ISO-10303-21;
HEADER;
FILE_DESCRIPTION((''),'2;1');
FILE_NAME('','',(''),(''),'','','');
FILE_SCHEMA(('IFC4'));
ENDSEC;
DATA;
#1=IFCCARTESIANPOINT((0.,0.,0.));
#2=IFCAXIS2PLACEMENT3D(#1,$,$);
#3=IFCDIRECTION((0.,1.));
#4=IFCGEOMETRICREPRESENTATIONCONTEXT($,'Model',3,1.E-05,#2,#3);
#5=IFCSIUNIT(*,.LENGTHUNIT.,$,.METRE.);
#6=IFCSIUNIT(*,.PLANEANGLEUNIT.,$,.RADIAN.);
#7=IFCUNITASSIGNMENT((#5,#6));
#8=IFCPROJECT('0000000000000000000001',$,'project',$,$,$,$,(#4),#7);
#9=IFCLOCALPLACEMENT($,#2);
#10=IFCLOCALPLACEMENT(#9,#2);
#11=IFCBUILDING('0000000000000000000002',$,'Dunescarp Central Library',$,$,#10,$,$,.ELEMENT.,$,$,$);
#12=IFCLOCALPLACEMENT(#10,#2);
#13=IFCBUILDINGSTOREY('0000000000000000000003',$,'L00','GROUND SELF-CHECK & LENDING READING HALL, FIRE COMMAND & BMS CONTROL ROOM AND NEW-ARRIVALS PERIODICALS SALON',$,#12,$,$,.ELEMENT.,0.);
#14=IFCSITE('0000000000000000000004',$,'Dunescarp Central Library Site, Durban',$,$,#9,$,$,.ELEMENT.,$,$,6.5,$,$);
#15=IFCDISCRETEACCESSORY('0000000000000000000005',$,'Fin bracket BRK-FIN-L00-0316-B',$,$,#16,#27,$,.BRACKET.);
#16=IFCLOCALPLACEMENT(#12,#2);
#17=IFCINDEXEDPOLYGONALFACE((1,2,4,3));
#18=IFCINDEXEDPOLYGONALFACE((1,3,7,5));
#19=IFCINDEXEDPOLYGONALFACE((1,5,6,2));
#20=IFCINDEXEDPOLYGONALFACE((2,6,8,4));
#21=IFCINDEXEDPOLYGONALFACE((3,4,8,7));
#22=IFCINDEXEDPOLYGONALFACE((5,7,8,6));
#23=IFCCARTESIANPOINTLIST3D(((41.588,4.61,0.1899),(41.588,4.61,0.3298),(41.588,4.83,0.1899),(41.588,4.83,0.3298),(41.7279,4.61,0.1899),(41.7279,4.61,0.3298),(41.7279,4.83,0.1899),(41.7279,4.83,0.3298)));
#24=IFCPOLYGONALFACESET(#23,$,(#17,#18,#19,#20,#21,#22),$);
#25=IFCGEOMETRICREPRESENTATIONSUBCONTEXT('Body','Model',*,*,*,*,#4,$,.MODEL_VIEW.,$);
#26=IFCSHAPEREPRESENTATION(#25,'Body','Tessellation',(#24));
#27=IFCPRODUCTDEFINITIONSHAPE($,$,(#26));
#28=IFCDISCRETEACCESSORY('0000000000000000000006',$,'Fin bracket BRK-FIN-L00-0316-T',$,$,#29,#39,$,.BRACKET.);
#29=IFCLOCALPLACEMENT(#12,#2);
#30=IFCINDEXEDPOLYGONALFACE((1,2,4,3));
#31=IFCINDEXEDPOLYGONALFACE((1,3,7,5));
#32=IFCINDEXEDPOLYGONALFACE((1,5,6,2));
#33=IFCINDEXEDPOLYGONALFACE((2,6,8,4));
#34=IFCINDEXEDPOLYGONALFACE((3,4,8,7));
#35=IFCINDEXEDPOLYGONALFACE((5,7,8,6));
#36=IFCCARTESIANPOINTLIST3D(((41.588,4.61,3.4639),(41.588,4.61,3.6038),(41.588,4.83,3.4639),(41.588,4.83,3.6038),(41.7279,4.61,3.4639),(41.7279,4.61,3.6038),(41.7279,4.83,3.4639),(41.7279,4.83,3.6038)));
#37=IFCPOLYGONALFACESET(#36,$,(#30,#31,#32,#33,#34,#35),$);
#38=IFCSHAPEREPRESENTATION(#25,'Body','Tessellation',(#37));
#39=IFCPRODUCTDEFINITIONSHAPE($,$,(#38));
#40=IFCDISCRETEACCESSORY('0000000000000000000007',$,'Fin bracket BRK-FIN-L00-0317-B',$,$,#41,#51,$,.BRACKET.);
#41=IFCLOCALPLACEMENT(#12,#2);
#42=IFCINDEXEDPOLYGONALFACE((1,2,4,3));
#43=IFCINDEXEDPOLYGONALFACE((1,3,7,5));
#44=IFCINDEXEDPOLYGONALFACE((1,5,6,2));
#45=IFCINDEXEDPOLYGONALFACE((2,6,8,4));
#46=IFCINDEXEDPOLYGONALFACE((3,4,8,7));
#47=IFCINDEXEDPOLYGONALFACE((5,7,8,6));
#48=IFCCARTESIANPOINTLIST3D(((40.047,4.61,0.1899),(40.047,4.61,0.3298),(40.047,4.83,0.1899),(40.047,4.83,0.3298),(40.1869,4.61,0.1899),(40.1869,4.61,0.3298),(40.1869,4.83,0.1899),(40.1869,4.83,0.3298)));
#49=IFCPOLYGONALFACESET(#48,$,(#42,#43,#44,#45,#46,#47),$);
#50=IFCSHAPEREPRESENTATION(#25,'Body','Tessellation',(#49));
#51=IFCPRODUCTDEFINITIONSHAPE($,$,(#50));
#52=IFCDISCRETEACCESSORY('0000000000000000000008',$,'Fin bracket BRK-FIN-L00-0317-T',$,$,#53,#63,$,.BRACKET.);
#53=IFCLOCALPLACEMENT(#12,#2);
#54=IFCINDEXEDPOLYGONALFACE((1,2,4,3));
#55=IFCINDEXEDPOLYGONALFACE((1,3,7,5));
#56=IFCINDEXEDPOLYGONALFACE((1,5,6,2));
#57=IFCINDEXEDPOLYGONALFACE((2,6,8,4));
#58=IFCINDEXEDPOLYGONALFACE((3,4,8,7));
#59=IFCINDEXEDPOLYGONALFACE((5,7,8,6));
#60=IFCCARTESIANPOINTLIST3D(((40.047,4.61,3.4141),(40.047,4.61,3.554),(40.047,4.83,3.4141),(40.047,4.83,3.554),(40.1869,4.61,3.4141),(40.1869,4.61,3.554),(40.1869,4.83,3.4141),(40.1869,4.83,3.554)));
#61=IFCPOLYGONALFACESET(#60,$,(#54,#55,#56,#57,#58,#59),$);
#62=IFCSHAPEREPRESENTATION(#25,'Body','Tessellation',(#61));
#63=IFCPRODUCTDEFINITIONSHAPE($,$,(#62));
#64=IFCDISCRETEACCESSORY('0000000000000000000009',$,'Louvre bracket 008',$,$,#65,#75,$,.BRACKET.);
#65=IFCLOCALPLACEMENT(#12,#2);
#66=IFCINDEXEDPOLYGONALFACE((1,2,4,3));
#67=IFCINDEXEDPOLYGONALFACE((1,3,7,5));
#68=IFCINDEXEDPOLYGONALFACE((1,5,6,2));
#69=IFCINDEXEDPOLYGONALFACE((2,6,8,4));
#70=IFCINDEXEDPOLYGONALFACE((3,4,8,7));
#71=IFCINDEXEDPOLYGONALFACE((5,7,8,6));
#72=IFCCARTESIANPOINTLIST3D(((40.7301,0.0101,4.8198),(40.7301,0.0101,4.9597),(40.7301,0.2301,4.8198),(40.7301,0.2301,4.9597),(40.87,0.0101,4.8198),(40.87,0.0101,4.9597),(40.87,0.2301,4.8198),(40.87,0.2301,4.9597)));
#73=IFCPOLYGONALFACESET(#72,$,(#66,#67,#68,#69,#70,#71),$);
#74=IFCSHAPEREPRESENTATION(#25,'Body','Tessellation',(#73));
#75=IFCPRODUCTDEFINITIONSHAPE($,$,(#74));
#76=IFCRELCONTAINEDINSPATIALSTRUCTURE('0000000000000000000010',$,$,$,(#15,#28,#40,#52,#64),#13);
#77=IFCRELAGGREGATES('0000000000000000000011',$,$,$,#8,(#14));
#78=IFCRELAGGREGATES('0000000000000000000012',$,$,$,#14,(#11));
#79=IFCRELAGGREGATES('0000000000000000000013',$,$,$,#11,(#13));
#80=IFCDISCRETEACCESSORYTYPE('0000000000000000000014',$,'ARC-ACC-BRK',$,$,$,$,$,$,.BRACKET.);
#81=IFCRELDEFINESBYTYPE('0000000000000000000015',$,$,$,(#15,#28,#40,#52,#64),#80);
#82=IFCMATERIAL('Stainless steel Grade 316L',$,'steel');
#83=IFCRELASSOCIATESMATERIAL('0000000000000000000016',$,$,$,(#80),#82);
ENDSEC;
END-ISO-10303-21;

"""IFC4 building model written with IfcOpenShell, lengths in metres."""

from ifc_helpers import new_model, si_unit, direction, frame, origin, origin_2d, place, context, subcontext, project, spatial, rectangle, extrude, material, type_object, element, save


model = new_model("IFC4")

# Units and contexts
model_context = context("Model", 3, precision=1e-05, world=origin(), true_north=direction((0.0, 1.0)))
body_context = subcontext(model_context, "Body", "Model", "MODEL_VIEW")
ifc_project = project(units=[si_unit("LENGTHUNIT", "METRE"), si_unit("PLANEANGLEUNIT", "RADIAN")], contexts=[model_context])

# Site, building, storey
site_placement = place(None, origin())
site = spatial("IfcSite", under=ifc_project, at=site_placement, Name="Dunescarp Central Library Site, Durban", CompositionType="ELEMENT", RefElevation=6.5)
building_placement = place(site_placement, origin())
building = spatial("IfcBuilding", under=site, at=building_placement, Name="Dunescarp Central Library", CompositionType="ELEMENT")
storey_placement = place(building_placement, origin())
storey = spatial("IfcBuildingStorey", under=building, at=storey_placement, Name="L00", Description="GROUND SELF-CHECK & LENDING READING HALL, FIRE COMMAND & BMS CONTROL ROOM AND NEW-ARRIVALS PERIODICALS SALON", CompositionType="ELEMENT", Elevation=0.0)

# Discrete accessories
ifc_material_1 = material(Name="Stainless steel Grade 316L", Category="steel")
discrete_accessory_type = type_object("IfcDiscreteAccessoryType", Name="ARC-ACC-BRK", PredefinedType="BRACKET", material=ifc_material_1)
for number, where, z_axis, x_axis, name in (
    (1, (41.658, 4.72, 0.1899), (0.0, 0.0, 1.0), (0.0, -1.0, 0.0), "Fin bracket BRK-FIN-L00-0316-B"),
    (2, (41.658, 4.72, 3.4639), (0.0, 0.0, 1.0), (0.0, -1.0, 0.0), "Fin bracket BRK-FIN-L00-0316-T"),
    (3, (40.1169, 4.72, 0.1899), (0.0, 0.0, 1.0), (0.0, -1.0, 0.0), "Fin bracket BRK-FIN-L00-0317-B"),
    (4, (40.1169, 4.72, 3.4141), (0.0, 0.0, 1.0), (0.0, -1.0, 0.0), "Fin bracket BRK-FIN-L00-0317-T"),
):
    element("IfcDiscreteAccessory", number, at=place(storey_placement, frame(where, z_axis=z_axis, x_axis=x_axis)), inside=storey, type_object=discrete_accessory_type, Name=name, PredefinedType="BRACKET", context=body_context, shape_type="SweptSolid", body=[
        extrude(rectangle(XDim=0.22, YDim=0.1399, at=origin_2d()), origin(), (0.0, 0.0, 1.0), 0.1399),
    ])
discrete_accessory_placement = place(storey_placement, frame((40.8, 0.1201, 4.8198), z_axis=(0.0, 0.0, 1.0), x_axis=(1.0, 0.0, 0.0)))
element("IfcDiscreteAccessory", 5, at=discrete_accessory_placement, inside=storey, type_object=discrete_accessory_type, Name="Louvre bracket 008", PredefinedType="BRACKET", context=body_context, shape_type="SweptSolid", body=[
    extrude(rectangle(XDim=0.1399, YDim=0.22, at=origin_2d()), origin(), (0.0, 0.0, 1.0), 0.1399),
])

save(model, "model.ifc")
